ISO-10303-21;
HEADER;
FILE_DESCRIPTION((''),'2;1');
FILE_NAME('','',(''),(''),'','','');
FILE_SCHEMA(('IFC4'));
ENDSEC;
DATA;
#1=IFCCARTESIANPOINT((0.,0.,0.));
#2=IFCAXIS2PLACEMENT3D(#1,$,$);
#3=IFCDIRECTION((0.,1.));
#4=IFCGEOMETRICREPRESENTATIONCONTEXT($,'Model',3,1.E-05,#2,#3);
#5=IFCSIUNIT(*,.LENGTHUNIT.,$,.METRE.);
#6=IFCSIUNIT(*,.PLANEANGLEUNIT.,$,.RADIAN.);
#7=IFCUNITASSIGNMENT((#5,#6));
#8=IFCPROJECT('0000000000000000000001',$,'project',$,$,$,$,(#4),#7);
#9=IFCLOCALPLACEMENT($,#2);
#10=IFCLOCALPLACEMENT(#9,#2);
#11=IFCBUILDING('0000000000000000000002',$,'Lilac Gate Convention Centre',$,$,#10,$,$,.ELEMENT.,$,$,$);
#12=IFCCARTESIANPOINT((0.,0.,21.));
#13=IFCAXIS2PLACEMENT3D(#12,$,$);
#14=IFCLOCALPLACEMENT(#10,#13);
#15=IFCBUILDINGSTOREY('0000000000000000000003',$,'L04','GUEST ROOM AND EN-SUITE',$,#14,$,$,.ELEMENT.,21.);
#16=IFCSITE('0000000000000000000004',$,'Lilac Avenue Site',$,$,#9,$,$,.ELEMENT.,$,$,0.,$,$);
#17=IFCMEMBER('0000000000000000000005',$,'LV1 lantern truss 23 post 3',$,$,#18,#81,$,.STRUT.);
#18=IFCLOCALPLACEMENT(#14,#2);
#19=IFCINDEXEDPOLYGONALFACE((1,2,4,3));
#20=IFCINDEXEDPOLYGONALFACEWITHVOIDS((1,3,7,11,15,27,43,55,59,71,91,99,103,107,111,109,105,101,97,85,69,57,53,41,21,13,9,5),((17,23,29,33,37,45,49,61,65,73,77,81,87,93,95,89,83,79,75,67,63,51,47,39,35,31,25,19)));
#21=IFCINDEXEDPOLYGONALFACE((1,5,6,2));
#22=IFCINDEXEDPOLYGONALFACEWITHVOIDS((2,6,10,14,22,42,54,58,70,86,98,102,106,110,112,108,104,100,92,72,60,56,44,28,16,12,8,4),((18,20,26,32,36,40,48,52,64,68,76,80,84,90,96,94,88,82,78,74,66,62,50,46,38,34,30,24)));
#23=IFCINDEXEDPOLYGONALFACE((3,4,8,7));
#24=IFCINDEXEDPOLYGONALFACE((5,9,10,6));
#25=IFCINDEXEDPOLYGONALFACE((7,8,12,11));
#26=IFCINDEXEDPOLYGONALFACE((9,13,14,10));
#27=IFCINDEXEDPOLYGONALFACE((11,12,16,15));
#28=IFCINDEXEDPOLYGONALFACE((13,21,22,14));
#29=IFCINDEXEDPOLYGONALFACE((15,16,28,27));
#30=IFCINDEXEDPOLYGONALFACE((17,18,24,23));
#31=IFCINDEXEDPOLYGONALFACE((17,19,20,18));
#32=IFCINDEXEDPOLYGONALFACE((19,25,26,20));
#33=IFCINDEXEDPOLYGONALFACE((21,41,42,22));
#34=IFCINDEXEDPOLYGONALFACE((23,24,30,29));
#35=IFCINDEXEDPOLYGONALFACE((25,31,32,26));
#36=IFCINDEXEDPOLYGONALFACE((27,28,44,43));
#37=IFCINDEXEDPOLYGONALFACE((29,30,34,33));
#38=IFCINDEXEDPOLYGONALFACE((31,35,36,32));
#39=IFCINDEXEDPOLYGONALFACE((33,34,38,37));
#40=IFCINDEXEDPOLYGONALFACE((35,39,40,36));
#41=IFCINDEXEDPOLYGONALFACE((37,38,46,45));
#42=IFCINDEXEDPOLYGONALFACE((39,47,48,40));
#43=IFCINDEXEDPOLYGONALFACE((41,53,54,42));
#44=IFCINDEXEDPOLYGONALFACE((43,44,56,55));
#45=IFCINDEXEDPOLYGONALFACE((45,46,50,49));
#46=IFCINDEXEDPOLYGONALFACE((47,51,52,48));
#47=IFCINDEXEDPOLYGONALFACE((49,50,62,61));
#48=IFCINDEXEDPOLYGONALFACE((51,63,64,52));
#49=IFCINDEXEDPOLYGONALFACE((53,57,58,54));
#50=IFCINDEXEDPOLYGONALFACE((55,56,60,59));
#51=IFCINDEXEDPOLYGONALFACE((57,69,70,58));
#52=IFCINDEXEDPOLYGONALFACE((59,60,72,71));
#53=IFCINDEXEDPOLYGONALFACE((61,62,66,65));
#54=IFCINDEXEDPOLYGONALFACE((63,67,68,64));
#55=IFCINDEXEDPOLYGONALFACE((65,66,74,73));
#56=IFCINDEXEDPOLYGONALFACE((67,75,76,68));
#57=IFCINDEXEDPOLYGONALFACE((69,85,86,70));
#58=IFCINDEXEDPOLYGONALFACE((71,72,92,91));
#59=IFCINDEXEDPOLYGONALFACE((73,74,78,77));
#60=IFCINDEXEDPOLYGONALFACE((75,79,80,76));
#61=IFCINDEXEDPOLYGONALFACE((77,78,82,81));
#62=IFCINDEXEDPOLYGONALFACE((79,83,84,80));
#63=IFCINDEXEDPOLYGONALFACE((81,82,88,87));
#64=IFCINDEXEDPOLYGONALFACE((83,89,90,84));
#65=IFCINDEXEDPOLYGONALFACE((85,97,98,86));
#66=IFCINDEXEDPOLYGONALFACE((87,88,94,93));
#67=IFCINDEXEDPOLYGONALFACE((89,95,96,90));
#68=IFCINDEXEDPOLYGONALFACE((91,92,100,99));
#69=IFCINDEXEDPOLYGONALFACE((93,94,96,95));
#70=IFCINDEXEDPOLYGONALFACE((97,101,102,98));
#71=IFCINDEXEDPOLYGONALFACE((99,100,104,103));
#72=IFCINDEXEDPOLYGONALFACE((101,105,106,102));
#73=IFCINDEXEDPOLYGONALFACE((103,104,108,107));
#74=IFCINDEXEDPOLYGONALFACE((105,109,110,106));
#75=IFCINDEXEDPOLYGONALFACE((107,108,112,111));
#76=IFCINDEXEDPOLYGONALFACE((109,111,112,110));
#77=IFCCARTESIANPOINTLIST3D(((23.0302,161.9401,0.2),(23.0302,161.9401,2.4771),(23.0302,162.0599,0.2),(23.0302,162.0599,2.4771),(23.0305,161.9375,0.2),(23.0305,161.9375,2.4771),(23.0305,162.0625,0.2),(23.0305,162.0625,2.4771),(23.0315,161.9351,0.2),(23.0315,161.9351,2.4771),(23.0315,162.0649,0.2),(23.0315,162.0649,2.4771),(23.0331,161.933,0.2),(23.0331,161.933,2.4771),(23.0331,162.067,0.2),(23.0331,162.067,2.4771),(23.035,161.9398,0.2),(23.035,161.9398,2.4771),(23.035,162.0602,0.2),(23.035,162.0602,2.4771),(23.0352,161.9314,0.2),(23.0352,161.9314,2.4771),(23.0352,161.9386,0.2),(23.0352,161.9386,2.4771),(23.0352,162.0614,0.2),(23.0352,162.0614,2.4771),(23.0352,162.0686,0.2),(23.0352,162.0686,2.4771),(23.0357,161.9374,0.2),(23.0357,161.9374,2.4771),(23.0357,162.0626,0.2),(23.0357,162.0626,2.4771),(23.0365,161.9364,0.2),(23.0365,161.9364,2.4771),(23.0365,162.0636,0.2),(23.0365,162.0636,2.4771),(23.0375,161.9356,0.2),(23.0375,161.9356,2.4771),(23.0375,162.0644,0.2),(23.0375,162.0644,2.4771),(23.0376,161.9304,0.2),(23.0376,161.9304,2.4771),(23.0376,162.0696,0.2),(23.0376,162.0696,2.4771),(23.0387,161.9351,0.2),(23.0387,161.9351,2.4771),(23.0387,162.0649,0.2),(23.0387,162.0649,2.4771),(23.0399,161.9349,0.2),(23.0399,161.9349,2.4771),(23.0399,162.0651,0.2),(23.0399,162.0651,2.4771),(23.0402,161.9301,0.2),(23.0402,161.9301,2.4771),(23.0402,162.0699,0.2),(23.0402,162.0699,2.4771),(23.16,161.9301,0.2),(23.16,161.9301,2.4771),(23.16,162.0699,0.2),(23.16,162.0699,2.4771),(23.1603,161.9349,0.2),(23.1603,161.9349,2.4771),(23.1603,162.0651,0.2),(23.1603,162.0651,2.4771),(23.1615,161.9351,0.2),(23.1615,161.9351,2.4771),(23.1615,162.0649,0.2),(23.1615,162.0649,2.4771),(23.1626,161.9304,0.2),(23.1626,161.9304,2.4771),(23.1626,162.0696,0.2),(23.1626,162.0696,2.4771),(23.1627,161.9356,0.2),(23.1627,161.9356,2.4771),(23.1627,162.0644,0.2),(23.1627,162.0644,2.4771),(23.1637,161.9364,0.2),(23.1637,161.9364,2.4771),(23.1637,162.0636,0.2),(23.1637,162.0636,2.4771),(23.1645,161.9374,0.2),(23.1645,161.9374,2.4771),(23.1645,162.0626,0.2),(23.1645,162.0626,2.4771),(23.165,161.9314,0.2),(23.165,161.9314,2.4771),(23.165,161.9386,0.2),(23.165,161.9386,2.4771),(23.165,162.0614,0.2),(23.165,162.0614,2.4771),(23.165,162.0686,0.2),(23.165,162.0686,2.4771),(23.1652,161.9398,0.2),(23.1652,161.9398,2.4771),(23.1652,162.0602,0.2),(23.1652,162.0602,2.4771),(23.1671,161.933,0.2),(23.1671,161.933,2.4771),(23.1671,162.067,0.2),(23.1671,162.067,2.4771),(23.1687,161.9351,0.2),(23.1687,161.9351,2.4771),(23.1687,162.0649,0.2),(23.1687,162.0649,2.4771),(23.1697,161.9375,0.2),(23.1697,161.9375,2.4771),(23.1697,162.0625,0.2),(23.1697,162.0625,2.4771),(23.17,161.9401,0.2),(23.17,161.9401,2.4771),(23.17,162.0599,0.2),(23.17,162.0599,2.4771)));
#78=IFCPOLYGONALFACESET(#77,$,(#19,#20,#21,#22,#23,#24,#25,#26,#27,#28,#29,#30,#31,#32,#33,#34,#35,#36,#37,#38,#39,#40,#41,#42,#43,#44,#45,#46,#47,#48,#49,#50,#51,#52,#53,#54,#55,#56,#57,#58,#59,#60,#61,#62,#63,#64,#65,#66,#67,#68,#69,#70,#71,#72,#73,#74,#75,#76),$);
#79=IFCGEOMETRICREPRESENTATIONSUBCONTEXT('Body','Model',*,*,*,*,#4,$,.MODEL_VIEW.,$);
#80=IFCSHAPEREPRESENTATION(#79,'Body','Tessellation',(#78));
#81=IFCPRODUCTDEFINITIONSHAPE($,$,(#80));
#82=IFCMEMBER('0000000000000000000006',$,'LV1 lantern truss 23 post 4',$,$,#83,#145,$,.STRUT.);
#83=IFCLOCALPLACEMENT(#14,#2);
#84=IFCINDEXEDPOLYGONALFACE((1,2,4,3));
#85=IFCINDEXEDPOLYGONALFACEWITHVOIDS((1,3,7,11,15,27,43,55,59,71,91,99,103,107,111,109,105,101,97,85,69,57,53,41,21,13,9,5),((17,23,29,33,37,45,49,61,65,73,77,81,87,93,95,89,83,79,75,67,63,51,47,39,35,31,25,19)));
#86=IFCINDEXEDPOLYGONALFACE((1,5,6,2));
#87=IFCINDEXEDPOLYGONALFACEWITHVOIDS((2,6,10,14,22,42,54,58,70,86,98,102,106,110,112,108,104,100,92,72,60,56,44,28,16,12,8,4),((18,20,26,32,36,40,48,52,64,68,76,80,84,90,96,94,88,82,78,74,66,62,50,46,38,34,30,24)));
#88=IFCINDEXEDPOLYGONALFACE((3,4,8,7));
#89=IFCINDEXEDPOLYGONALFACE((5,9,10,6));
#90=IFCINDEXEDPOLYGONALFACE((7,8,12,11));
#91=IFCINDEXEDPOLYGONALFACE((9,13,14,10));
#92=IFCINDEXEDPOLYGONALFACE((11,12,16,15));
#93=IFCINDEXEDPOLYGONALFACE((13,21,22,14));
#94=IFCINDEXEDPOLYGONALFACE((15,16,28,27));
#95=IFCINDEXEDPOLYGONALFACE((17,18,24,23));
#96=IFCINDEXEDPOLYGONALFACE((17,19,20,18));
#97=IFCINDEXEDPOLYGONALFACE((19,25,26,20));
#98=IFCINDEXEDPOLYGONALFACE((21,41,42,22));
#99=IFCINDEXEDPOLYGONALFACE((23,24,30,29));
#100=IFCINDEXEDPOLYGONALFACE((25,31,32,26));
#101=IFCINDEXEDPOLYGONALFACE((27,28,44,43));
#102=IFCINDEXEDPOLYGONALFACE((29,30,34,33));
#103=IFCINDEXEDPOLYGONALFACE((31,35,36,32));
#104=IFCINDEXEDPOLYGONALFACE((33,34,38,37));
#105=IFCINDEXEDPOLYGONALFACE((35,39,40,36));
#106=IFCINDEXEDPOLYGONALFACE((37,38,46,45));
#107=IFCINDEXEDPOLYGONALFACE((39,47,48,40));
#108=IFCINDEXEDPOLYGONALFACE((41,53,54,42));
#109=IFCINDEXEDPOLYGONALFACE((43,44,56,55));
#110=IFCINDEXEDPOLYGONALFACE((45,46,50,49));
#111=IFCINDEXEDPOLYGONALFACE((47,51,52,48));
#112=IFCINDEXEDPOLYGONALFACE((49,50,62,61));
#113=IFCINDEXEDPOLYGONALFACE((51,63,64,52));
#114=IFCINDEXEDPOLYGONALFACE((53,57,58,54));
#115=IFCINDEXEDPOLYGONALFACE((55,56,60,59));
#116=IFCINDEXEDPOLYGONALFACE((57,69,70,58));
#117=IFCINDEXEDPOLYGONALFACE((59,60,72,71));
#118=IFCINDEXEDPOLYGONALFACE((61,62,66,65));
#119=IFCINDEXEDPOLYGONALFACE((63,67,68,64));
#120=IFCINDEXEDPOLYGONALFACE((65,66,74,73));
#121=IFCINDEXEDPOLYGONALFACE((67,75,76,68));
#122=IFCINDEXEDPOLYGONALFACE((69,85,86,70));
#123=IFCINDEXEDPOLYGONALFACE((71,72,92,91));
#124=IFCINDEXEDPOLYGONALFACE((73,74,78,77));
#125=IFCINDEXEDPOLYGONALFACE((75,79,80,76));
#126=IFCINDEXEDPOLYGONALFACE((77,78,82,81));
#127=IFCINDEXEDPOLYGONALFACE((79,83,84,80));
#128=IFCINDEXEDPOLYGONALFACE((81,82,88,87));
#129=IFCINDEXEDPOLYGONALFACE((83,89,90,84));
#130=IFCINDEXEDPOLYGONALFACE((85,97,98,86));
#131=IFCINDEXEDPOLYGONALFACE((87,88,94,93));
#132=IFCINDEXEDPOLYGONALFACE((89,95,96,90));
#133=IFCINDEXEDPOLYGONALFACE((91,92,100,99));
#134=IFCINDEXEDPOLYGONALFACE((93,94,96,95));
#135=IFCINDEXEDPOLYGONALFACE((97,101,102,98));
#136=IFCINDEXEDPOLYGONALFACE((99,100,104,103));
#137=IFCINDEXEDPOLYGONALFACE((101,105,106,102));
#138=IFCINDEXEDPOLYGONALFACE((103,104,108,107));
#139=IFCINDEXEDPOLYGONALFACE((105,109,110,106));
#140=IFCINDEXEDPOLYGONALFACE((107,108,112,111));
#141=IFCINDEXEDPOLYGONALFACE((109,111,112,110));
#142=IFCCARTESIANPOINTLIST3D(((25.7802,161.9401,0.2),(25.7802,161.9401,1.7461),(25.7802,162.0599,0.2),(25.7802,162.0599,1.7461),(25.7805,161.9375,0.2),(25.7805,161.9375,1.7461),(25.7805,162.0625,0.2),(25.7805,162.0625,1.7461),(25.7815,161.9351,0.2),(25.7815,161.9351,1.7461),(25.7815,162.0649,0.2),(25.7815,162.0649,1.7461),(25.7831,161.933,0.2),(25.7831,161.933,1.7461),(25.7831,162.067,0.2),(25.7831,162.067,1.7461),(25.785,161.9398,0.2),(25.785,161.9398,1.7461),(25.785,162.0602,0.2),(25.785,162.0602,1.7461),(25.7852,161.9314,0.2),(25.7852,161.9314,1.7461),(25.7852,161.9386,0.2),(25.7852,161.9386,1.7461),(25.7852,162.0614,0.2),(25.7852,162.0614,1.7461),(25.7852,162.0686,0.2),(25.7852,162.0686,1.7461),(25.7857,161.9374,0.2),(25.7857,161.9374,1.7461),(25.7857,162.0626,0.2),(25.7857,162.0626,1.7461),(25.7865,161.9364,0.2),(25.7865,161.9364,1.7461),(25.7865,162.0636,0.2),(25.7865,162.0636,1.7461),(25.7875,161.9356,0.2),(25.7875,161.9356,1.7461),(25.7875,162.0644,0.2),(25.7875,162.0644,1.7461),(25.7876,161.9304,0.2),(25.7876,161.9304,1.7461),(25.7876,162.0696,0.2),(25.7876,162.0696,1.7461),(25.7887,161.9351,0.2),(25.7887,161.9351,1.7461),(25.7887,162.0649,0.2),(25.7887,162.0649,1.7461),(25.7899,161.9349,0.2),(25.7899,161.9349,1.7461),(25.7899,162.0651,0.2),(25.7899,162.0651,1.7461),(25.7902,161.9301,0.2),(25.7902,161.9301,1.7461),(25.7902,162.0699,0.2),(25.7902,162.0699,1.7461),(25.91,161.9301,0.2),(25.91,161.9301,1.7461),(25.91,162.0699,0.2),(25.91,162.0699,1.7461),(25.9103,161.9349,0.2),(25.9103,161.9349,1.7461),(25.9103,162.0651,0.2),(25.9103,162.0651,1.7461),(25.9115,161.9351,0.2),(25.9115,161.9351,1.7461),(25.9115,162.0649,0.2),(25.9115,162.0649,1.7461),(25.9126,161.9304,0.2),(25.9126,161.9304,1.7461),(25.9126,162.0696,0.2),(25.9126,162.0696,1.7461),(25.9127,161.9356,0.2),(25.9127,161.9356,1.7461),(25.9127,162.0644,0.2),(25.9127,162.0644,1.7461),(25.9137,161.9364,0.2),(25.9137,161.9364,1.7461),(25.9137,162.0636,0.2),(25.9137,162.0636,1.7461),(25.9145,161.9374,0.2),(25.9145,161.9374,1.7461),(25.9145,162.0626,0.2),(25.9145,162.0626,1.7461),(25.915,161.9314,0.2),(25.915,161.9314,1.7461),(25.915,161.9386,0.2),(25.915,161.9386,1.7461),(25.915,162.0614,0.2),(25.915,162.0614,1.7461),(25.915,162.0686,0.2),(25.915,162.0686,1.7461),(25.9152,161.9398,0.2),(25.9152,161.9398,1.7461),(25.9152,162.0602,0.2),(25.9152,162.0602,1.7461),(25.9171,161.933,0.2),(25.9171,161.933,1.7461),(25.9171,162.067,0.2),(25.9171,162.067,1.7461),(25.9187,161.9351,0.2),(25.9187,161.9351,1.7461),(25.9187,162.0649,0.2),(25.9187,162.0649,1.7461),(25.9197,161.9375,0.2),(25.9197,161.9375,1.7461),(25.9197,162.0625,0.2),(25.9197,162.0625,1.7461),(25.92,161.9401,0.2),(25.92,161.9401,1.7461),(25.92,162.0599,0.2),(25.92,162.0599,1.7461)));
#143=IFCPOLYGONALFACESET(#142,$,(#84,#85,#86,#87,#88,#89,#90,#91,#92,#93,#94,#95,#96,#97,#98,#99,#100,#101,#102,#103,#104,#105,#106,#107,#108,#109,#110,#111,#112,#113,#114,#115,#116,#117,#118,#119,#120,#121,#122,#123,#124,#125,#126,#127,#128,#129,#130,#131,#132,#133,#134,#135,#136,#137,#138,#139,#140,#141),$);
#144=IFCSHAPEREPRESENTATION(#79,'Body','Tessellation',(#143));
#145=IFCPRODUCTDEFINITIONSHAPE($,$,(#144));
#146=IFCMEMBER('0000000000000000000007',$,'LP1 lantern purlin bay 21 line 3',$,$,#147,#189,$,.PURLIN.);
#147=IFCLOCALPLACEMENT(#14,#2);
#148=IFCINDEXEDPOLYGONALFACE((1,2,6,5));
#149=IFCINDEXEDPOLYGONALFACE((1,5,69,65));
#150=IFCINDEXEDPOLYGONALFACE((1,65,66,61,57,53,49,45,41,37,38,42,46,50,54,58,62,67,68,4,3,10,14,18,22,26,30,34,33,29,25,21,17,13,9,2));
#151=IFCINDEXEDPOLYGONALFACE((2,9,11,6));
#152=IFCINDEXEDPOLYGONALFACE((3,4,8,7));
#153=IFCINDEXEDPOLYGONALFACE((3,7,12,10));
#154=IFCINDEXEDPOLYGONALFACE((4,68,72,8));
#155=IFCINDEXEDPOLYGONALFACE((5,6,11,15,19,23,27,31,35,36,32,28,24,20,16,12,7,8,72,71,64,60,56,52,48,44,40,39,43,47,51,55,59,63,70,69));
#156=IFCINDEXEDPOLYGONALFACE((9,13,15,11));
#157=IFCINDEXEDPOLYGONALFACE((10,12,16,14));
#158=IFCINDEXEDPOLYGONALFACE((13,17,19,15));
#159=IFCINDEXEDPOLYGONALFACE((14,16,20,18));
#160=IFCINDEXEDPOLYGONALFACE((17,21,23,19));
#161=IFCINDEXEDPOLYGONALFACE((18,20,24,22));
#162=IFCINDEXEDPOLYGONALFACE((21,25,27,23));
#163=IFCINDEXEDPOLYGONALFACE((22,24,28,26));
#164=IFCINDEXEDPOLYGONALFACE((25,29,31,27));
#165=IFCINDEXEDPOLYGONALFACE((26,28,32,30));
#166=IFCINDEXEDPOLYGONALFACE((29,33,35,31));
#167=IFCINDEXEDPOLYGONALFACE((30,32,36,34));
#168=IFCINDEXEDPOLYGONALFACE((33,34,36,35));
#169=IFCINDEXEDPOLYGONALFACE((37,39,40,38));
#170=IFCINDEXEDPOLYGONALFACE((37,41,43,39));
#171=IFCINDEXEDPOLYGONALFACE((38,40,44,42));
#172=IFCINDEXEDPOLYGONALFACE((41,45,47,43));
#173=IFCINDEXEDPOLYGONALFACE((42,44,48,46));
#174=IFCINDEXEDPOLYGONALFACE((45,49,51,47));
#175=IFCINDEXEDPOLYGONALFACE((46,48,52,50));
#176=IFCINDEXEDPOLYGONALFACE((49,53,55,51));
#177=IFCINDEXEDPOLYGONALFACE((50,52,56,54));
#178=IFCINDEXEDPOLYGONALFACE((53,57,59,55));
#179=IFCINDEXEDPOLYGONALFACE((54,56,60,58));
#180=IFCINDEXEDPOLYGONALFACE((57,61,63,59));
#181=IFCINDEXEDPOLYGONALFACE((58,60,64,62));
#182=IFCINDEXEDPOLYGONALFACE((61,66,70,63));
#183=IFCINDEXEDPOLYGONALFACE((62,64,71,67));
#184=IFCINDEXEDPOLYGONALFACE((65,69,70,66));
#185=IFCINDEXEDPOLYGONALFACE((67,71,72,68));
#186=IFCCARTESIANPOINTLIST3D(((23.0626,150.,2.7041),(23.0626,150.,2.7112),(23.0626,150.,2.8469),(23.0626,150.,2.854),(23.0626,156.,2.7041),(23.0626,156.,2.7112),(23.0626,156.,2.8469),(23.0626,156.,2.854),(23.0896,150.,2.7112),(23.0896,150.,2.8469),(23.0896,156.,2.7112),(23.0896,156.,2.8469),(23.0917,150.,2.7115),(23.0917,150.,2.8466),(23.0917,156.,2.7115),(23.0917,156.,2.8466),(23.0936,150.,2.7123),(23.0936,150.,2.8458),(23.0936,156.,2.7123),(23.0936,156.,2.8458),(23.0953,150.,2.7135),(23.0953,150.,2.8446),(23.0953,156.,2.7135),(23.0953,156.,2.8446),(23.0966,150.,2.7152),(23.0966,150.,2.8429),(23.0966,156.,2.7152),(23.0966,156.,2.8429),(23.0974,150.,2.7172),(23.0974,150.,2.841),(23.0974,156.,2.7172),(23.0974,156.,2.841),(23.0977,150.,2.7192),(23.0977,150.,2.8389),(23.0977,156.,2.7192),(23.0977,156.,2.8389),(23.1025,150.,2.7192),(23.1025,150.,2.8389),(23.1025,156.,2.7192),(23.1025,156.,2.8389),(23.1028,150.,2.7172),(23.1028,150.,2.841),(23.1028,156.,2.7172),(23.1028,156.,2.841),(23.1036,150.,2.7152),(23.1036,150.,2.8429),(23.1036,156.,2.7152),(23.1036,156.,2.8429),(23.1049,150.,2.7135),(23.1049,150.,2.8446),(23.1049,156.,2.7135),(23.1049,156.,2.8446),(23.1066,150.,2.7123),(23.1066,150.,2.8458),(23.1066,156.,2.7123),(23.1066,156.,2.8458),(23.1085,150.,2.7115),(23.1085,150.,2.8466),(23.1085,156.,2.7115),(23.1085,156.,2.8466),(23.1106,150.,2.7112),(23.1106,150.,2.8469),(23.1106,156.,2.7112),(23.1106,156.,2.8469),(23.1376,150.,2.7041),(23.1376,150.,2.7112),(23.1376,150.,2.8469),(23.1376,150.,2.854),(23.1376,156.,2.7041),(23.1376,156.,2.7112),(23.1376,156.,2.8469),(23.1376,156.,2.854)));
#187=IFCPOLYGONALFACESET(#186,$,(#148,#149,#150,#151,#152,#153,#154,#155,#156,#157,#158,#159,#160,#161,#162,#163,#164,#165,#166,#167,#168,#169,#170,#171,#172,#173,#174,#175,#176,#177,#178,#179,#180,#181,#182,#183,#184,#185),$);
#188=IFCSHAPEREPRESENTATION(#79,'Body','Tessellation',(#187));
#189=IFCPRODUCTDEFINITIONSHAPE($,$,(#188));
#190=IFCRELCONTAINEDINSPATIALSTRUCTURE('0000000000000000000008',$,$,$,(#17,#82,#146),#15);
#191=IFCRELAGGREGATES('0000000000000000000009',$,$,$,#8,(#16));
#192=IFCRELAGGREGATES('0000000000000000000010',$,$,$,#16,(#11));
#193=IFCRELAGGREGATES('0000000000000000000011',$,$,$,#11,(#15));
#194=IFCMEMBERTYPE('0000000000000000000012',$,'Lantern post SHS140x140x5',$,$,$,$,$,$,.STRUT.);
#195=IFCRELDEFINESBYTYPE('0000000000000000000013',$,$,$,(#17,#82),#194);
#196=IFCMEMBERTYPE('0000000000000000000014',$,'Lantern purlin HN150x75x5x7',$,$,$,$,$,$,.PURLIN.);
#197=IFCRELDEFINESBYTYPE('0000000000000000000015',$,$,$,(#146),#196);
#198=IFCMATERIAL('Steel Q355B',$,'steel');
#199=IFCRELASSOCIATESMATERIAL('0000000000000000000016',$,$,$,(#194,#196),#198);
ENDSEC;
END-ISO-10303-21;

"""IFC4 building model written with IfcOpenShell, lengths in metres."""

from ifc_helpers import new_model, si_unit, direction, frame, origin, origin_2d, place, context, subcontext, project, spatial, hollow_rectangle, i_section, extrude, material, material_profile, profile_set, type_object, element, save


model = new_model("IFC4")

# Units and contexts
model_context = context("Model", 3, precision=1e-05, world=origin(), true_north=direction((0.0, 1.0)))
body_context = subcontext(model_context, "Body", "Model", "MODEL_VIEW")
ifc_project = project(units=[si_unit("LENGTHUNIT", "METRE"), si_unit("PLANEANGLEUNIT", "RADIAN")], contexts=[model_context])

# Site, building, storey
site_placement = place(None, origin())
site = spatial("IfcSite", under=ifc_project, at=site_placement, Name="Lilac Avenue Site", CompositionType="ELEMENT", RefElevation=0.0)
building_placement = place(site_placement, origin())
building = spatial("IfcBuilding", under=site, at=building_placement, Name="Lilac Gate Convention Centre", CompositionType="ELEMENT")
storey_placement = place(building_placement, frame((0.0, 0.0, 21.0)))
storey = spatial("IfcBuildingStorey", under=building, at=storey_placement, Name="L04", Description="GUEST ROOM AND EN-SUITE", CompositionType="ELEMENT", Elevation=21.0)

# Members
ifc_material_1 = material(Name="Steel Q355B", Category="steel")
ifc_material_profile_1 = material_profile(ifc_material_1, hollow_rectangle(XDim=0.1399, YDim=0.1399, WallThickness=0.0049, InnerFilletRadius=0.0049, OuterFilletRadius=0.01, at=origin_2d()), Name="SHS140x140x5")
ifc_profile_set_1 = profile_set([ifc_material_profile_1], Name="Steel Q355B")
member_type_1 = type_object("IfcMemberType", Name="Lantern post SHS140x140x5", PredefinedType="STRUT", material=ifc_profile_set_1)
member_1_placement = place(storey_placement, frame((23.1001, 162.0, 0.2), z_axis=(0.0, 0.0, 1.0), x_axis=(1.0, 0.0, 0.0)))
element("IfcMember", 1, at=member_1_placement, inside=storey, type_object=member_type_1, Name="LV1 lantern truss 23 post 3", PredefinedType="STRUT", context=body_context, shape_type="SweptSolid", body=[
    extrude(hollow_rectangle(XDim=0.1399, YDim=0.1399, WallThickness=0.0049, InnerFilletRadius=0.0049, OuterFilletRadius=0.01, at=origin_2d()), origin(), (0.0, 0.0, 1.0), 2.2771),
])
member_2_placement = place(storey_placement, frame((25.8501, 162.0, 0.2), z_axis=(0.0, 0.0, 1.0), x_axis=(1.0, 0.0, 0.0)))
element("IfcMember", 2, at=member_2_placement, inside=storey, type_object=member_type_1, Name="LV1 lantern truss 23 post 4", PredefinedType="STRUT", context=body_context, shape_type="SweptSolid", body=[
    extrude(hollow_rectangle(XDim=0.1399, YDim=0.1399, WallThickness=0.0049, InnerFilletRadius=0.0049, OuterFilletRadius=0.01, at=origin_2d()), origin(), (0.0, 0.0, 1.0), 1.5461),
])
ifc_material_profile_2 = material_profile(ifc_material_1, i_section(OverallWidth=0.075, OverallDepth=0.1499, WebThickness=0.0049, FlangeThickness=0.0071, FilletRadius=0.0081, at=origin_2d()), Name="HN150x75x5x7")
ifc_profile_set_2 = profile_set([ifc_material_profile_2], Name="Steel Q355B")
member_type_2 = type_object("IfcMemberType", Name="Lantern purlin HN150x75x5x7", PredefinedType="PURLIN", material=ifc_profile_set_2)
for number, where, z_axis, x_axis, name in (
    (3, (23.1001, 150.0, 2.7791), (0.0, 1.0, 0.0), (-1.0, 0.0, 0.0), "LP1 lantern purlin bay 21 line 3"),
):
    element("IfcMember", number, at=place(storey_placement, frame(where, z_axis=z_axis, x_axis=x_axis)), inside=storey, type_object=member_type_2, Name=name, PredefinedType="PURLIN", context=body_context, shape_type="SweptSolid", body=[
        extrude(i_section(OverallWidth=0.075, OverallDepth=0.1499, WebThickness=0.0049, FlangeThickness=0.0071, FilletRadius=0.0081, at=origin_2d()), origin(), (0.0, 0.0, 1.0), 6.0),
    ])

save(model, "model.ifc")
